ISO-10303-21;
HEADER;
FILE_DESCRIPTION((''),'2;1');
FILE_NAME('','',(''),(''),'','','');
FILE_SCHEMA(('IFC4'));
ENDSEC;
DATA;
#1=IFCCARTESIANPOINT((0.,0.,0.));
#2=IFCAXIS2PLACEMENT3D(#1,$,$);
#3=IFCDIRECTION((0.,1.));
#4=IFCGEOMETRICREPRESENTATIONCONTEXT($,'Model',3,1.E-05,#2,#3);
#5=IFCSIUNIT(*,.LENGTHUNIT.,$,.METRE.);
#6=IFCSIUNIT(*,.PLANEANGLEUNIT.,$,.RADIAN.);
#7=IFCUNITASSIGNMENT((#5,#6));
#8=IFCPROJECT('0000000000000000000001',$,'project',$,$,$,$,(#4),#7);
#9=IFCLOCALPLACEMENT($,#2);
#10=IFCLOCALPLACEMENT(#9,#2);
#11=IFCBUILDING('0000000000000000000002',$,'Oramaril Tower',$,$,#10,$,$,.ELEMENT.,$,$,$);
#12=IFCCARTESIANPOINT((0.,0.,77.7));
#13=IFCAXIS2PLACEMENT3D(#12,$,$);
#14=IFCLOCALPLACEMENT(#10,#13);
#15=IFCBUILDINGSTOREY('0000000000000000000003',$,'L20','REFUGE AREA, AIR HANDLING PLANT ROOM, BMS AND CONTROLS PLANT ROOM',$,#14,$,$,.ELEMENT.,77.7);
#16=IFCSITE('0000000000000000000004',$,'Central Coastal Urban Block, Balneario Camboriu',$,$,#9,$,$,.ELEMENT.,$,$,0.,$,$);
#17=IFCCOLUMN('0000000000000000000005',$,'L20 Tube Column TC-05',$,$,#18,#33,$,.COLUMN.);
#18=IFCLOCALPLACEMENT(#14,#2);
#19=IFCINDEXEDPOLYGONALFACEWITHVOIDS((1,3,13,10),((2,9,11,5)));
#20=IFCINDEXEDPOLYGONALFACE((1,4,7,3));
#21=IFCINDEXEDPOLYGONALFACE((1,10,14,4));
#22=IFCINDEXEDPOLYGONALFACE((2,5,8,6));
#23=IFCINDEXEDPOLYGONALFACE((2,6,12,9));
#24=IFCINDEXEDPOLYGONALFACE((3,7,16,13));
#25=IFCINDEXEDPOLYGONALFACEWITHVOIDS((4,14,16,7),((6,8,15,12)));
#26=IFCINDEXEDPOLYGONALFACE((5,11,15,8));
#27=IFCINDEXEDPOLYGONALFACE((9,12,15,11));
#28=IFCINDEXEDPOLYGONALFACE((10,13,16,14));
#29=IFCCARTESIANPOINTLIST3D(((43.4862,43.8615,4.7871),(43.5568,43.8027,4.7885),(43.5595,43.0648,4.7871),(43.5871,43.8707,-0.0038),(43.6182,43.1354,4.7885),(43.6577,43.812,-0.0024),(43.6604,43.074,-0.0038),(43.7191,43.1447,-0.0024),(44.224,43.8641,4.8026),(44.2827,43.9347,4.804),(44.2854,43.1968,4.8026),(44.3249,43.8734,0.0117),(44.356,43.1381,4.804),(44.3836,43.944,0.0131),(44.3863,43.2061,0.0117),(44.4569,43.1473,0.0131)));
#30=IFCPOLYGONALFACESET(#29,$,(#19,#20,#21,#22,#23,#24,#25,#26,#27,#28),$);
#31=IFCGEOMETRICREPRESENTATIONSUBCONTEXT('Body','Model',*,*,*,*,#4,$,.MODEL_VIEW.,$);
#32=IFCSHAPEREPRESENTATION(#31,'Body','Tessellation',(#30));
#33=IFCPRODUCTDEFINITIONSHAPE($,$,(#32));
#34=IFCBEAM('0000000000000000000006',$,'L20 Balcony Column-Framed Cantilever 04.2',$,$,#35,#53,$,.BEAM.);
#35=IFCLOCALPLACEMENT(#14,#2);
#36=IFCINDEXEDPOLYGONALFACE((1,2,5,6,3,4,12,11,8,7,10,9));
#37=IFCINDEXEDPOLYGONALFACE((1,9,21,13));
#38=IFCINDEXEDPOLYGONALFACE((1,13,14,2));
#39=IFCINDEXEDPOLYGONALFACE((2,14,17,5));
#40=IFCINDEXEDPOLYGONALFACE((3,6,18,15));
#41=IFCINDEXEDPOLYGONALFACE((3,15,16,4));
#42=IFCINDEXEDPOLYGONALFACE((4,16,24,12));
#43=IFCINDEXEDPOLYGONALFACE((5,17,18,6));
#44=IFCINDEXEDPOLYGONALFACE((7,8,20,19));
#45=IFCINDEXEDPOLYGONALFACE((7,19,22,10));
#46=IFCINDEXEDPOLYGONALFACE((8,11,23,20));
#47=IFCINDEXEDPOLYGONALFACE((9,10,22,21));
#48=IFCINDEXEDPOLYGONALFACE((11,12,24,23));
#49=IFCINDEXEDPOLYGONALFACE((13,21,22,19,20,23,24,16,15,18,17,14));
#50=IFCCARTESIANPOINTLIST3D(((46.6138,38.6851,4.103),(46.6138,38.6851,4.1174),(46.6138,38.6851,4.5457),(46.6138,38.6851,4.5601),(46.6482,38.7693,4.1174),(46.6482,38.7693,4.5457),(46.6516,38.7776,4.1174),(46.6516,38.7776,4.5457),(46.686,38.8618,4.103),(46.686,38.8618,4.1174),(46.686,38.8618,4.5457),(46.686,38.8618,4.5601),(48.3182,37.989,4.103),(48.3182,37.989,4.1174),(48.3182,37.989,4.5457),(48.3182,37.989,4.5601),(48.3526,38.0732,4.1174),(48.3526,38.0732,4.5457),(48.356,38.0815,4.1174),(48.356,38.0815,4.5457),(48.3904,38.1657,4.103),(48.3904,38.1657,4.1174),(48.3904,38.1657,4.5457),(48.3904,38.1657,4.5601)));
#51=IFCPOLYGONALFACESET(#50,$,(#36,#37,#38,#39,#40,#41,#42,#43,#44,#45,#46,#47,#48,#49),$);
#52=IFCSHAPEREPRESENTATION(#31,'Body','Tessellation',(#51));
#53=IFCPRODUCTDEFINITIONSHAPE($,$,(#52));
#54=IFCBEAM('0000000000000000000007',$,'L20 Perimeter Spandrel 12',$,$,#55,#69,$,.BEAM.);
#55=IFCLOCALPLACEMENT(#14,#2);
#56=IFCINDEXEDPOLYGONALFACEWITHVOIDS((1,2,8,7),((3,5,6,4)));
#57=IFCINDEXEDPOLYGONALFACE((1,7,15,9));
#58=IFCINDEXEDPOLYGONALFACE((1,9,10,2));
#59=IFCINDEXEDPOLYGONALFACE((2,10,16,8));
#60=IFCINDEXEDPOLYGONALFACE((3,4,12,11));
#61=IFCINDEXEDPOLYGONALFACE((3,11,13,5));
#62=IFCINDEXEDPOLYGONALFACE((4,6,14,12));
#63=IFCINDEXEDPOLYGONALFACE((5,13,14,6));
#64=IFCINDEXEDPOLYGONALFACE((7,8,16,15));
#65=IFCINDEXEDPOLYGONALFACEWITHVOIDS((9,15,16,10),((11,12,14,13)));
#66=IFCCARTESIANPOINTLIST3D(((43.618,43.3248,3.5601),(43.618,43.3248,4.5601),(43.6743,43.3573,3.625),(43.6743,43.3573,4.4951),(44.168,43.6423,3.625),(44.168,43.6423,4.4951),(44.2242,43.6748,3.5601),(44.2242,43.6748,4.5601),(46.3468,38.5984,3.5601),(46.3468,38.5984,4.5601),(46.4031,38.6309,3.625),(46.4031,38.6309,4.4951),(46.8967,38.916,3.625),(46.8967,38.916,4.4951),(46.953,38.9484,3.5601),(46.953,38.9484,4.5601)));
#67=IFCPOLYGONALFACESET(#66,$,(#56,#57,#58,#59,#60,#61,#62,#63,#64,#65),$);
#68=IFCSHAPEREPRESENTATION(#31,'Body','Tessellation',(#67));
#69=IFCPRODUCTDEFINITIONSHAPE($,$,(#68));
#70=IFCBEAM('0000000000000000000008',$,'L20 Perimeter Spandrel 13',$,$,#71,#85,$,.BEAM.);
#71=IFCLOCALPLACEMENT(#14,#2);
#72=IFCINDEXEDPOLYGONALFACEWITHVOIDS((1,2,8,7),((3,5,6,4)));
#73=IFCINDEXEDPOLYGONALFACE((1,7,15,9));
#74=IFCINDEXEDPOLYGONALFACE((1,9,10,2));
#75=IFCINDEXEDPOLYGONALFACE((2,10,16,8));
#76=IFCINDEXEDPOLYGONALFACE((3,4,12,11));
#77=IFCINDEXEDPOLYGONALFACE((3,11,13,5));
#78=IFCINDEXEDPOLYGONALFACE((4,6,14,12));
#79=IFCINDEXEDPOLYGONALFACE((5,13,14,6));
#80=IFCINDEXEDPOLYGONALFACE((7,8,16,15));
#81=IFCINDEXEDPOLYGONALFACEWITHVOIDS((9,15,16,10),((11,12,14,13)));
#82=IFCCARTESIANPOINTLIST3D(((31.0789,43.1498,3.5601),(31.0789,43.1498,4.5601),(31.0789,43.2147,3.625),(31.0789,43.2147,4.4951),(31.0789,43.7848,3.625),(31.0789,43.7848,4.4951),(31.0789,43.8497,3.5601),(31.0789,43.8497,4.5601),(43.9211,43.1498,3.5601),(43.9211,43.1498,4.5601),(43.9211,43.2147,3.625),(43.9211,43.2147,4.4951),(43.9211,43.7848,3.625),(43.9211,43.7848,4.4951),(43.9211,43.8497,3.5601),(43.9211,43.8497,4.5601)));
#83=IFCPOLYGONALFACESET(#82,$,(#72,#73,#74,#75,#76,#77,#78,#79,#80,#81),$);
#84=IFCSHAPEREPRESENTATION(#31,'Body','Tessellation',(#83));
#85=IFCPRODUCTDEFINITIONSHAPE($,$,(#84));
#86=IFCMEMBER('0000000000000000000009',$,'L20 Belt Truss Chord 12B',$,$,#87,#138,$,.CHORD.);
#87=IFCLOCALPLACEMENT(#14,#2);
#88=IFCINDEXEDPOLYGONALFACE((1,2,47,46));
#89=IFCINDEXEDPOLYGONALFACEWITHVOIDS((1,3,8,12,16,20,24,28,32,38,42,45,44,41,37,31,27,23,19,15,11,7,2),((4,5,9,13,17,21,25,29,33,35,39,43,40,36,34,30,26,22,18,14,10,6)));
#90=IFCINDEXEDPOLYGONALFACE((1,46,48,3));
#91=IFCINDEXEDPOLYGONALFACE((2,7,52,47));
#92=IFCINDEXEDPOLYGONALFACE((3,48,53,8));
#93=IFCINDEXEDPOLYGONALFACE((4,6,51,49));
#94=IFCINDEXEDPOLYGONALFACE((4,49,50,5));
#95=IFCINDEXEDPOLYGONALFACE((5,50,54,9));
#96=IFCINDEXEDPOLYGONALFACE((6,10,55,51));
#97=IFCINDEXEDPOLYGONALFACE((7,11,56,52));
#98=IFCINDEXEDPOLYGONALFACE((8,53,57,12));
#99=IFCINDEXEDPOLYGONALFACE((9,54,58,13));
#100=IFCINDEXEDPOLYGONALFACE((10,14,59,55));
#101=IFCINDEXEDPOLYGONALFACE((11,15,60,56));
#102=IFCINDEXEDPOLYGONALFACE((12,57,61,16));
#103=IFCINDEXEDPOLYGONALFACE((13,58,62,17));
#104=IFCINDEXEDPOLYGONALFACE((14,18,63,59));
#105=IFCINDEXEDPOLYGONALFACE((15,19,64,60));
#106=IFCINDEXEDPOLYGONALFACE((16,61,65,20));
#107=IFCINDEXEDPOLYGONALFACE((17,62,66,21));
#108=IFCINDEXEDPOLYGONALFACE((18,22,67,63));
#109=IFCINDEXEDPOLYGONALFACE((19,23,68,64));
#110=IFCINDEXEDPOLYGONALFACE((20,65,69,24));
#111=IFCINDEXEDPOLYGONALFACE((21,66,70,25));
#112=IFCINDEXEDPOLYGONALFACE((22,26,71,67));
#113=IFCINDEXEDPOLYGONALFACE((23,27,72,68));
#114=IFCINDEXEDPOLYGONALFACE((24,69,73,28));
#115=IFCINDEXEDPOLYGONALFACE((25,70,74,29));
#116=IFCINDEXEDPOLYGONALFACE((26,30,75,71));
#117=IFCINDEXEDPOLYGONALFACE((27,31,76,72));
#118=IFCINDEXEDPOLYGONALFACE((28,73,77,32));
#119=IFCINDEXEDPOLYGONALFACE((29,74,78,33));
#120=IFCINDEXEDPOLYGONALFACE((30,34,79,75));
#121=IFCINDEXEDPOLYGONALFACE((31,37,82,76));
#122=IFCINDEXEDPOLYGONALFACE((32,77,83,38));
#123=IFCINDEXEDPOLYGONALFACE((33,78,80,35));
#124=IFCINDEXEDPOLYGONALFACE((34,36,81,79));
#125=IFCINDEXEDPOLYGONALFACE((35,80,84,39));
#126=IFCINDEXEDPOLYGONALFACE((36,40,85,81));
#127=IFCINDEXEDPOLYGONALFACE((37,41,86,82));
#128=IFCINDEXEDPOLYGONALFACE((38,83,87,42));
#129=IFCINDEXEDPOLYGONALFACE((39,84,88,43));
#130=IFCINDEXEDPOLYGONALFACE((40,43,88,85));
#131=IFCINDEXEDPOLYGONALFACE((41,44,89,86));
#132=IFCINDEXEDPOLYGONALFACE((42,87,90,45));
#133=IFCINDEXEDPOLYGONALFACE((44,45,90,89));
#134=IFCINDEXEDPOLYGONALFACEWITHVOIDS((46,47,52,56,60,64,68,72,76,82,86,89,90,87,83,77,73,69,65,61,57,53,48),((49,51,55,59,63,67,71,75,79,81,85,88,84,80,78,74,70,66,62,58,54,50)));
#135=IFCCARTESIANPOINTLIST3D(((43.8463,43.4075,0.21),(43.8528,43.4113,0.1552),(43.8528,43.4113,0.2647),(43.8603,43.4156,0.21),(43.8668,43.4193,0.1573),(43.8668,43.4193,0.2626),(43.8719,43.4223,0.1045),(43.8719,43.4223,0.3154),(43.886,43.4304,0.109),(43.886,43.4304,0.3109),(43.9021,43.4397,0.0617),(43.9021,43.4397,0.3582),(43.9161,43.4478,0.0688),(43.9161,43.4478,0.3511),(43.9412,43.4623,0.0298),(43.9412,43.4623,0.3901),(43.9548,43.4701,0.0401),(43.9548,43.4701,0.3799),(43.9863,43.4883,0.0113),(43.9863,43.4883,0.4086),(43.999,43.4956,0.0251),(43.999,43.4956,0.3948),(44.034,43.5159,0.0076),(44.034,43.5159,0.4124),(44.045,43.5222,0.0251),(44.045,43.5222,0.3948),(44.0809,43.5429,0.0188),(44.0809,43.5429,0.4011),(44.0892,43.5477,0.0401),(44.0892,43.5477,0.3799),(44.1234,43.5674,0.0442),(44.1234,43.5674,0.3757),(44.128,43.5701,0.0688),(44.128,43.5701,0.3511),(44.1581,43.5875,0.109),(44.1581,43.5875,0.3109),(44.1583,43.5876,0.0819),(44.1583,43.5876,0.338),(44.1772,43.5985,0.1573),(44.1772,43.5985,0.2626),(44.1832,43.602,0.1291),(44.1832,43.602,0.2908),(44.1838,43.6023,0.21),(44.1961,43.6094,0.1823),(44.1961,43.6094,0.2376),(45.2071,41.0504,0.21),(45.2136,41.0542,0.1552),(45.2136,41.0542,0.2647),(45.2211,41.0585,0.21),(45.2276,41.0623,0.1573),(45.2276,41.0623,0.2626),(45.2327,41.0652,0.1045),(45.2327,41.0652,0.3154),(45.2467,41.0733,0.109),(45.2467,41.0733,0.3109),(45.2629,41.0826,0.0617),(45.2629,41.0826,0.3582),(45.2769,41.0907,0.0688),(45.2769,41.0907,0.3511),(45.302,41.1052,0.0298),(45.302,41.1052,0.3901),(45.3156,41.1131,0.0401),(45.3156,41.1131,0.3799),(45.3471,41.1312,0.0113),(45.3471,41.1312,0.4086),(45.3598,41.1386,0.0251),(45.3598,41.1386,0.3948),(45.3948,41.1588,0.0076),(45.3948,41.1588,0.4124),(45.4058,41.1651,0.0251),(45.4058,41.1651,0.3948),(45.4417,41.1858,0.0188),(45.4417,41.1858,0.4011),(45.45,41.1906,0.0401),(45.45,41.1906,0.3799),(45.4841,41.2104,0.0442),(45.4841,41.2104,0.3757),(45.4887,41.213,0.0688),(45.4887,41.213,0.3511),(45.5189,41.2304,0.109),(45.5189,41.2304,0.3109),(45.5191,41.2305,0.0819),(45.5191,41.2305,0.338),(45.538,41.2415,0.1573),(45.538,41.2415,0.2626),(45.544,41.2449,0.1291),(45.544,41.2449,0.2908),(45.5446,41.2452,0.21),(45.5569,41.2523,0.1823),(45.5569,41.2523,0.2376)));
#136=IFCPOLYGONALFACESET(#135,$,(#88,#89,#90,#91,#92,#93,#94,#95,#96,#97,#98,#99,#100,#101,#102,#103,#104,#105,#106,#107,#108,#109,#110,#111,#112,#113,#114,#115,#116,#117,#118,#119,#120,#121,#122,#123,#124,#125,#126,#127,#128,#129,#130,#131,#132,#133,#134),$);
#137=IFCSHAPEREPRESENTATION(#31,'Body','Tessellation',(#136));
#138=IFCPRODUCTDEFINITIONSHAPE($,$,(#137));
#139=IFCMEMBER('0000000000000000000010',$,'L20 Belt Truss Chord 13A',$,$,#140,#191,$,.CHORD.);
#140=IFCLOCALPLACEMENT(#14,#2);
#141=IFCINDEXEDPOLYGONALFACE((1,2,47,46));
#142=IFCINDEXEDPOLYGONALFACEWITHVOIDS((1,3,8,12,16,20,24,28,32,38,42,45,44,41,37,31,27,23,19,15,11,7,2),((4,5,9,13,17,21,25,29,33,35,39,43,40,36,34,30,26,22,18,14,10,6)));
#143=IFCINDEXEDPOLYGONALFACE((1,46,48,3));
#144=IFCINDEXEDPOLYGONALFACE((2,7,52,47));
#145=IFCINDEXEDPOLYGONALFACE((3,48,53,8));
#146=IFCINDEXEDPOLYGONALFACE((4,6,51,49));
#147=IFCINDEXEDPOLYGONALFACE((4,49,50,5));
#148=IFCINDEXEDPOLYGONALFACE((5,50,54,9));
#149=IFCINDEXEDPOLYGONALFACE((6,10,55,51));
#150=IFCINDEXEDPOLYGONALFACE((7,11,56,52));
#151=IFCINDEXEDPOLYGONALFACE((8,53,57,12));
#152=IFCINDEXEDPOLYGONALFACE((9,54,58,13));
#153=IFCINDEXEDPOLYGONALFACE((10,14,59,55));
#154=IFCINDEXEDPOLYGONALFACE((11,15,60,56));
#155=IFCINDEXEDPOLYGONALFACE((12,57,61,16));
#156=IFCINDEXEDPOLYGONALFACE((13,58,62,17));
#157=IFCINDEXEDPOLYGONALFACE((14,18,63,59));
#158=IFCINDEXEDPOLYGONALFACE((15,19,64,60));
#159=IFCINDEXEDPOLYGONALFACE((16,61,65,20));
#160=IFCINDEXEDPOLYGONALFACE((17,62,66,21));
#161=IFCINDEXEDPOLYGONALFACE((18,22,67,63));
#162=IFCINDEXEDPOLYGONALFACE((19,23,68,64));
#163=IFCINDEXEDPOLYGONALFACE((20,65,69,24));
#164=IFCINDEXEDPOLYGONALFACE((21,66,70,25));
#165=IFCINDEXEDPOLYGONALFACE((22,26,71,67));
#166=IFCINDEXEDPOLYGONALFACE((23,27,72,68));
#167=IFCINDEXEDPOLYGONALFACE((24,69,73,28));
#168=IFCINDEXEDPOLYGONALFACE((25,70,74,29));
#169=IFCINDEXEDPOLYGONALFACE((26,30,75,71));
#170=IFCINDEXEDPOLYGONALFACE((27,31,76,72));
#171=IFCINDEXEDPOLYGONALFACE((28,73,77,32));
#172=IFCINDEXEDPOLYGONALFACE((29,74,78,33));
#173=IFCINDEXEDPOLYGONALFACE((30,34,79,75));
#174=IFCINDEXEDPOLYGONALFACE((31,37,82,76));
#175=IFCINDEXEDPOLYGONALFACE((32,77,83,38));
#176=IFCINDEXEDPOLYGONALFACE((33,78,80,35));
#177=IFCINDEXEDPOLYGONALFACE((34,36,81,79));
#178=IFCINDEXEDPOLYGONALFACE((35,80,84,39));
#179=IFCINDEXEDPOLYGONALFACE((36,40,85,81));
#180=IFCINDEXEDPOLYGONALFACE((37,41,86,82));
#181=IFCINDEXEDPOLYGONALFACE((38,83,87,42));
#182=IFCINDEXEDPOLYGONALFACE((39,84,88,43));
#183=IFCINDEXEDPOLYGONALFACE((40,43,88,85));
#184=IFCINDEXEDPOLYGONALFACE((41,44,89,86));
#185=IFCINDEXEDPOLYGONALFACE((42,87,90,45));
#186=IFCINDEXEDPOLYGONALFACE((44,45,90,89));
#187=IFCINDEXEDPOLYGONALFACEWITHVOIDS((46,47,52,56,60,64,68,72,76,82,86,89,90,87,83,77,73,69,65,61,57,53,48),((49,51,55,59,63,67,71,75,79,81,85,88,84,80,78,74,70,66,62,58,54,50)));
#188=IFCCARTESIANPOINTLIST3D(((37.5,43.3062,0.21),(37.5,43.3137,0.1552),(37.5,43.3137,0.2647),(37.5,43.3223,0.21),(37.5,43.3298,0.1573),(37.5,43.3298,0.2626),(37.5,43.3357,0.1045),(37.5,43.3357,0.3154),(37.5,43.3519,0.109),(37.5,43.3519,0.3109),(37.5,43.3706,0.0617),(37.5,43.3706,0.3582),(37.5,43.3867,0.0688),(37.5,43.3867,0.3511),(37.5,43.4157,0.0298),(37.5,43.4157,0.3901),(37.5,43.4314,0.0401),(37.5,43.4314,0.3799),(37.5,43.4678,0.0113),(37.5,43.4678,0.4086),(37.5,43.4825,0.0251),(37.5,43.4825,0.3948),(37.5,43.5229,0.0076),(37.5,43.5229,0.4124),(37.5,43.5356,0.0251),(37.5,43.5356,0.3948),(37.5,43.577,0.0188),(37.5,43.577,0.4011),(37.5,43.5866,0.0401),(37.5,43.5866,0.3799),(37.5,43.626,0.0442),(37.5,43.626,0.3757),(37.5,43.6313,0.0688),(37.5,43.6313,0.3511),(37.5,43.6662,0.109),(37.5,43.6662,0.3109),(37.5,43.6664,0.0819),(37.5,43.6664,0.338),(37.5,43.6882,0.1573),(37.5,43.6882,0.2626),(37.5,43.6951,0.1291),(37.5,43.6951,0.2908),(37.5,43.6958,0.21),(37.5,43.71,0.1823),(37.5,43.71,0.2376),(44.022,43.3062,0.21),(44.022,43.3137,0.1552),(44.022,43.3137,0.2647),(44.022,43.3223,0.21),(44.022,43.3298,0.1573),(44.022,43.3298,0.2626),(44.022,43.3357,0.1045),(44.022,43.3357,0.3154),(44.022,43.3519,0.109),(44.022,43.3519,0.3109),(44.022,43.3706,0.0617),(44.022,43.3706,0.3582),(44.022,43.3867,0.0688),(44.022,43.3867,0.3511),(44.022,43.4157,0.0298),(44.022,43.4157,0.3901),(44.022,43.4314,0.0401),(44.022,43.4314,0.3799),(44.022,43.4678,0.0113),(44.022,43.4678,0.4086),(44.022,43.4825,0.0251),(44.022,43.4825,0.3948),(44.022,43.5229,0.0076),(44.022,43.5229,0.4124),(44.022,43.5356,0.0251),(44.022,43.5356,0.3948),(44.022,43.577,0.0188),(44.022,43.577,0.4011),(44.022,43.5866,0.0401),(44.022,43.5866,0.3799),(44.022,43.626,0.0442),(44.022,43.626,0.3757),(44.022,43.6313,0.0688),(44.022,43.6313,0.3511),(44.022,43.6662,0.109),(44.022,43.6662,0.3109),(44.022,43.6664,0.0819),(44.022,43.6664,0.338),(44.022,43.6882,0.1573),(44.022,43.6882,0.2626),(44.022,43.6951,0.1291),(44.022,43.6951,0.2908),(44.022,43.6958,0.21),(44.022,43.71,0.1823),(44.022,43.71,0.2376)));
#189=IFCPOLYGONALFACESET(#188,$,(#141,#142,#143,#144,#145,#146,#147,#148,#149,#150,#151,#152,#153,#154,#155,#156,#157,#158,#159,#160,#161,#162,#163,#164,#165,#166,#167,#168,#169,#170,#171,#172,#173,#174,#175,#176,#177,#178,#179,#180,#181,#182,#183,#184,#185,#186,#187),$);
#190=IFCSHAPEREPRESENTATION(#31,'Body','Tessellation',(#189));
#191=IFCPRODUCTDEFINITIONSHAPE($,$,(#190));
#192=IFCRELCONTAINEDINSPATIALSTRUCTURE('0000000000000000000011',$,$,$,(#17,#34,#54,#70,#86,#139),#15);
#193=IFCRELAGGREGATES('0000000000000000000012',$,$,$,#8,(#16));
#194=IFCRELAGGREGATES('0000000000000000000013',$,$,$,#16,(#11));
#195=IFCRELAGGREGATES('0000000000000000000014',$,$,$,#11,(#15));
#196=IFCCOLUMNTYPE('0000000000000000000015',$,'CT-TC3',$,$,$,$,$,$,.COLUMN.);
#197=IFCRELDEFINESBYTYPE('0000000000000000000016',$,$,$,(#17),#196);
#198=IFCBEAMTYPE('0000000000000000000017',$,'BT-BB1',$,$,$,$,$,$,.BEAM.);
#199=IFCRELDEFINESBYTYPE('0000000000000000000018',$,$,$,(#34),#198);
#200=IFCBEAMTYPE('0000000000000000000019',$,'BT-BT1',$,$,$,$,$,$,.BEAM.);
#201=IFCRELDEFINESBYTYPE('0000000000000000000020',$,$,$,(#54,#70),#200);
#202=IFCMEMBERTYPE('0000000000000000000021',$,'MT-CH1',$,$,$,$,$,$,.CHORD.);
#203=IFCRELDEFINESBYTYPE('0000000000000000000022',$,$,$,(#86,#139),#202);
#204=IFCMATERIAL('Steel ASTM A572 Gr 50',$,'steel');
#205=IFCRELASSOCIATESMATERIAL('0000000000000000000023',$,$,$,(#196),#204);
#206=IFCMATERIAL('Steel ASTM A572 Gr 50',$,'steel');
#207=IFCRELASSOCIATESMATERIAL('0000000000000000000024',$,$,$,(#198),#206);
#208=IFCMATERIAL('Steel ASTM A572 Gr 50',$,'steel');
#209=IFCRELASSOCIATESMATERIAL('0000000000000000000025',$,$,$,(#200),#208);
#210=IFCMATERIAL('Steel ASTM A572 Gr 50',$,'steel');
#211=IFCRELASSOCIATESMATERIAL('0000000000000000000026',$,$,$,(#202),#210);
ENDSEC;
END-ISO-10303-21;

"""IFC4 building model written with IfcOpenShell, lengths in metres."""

from ifc_helpers import new_model, si_unit, direction, frame, origin, origin_2d, place, context, subcontext, project, spatial, hollow_rectangle, hollow_circle, i_section, extrude, material, material_profile, profile_set, type_object, element, save


model = new_model("IFC4")

# Units and contexts
model_context = context("Model", 3, precision=1e-05, world=origin(), true_north=direction((0.0, 1.0)))
body_context = subcontext(model_context, "Body", "Model", "MODEL_VIEW")
ifc_project = project(units=[si_unit("LENGTHUNIT", "METRE"), si_unit("PLANEANGLEUNIT", "RADIAN")], contexts=[model_context])

# Site, building, storey
site_placement = place(None, origin())
site = spatial("IfcSite", under=ifc_project, at=site_placement, Name="Central Coastal Urban Block, Balneario Camboriu", CompositionType="ELEMENT", RefElevation=0.0)
building_placement = place(site_placement, origin())
building = spatial("IfcBuilding", under=site, at=building_placement, Name="Oramaril Tower", CompositionType="ELEMENT")
storey_placement = place(building_placement, frame((0.0, 0.0, 77.7)))
storey = spatial("IfcBuildingStorey", under=building, at=storey_placement, Name="L20", Description="REFUGE AREA, AIR HANDLING PLANT ROOM, BMS AND CONTROLS PLANT ROOM", CompositionType="ELEMENT", Elevation=77.7)

# Column
ifc_material_1 = material(Name="Steel ASTM A572 Gr 50", Category="steel")
ifc_material_profile_1 = material_profile(ifc_material_1, hollow_rectangle(XDim=0.8, YDim=0.8, WallThickness=0.0649, at=origin_2d()), Name="BOX800X800X65")
ifc_profile_set_1 = profile_set([ifc_material_profile_1], Name="Steel ASTM A572 Gr 50")
column_type = type_object("IfcColumnType", Name="CT-TC3", PredefinedType="COLUMN", material=ifc_profile_set_1)
column_placement = place(storey_placement, frame((44.022, 43.509, 0.0046), z_axis=(-0.021041, -0.001936, 0.999777), x_axis=(0.091623, -0.995794, 0.0)))
element("IfcColumn", 1, at=column_placement, inside=storey, type_object=column_type, Name="L20 Tube Column TC-05", PredefinedType="COLUMN", context=body_context, shape_type="SweptSolid", body=[
    extrude(hollow_rectangle(XDim=0.8, YDim=0.8, WallThickness=0.0649, at=origin_2d()), origin(), (0.0, 0.0, 1.0), 4.792),
])

# Beams
ifc_material_2 = material(Name="Steel ASTM A572 Gr 50", Category="steel")
ifc_material_profile_2 = material_profile(ifc_material_2, i_section(OverallWidth=0.1909, OverallDepth=0.457, WebThickness=0.009, FlangeThickness=0.0144, at=origin_2d()), Name="W18X50")
ifc_profile_set_2 = profile_set([ifc_material_profile_2], Name="Steel ASTM A572 Gr 50")
beam_type_1 = type_object("IfcBeamType", Name="BT-BB1", PredefinedType="BEAM", material=ifc_profile_set_2)
beam_1_placement = place(storey_placement, frame((46.6499, 38.7734, 4.3315), z_axis=(0.925773, -0.37808, 0.0), x_axis=(0.37808, 0.925773, 0.0)))
element("IfcBeam", 2, at=beam_1_placement, inside=storey, type_object=beam_type_1, Name="L20 Balcony Column-Framed Cantilever 04.2", PredefinedType="BEAM", context=body_context, shape_type="SweptSolid", body=[
    extrude(i_section(OverallWidth=0.1909, OverallDepth=0.457, WebThickness=0.009, FlangeThickness=0.0144, at=origin_2d()), origin(), (0.0, 0.0, 1.0), 1.8411),
])
ifc_material_3 = material(Name="Steel ASTM A572 Gr 50", Category="steel")
ifc_material_profile_3 = material_profile(ifc_material_3, hollow_rectangle(XDim=0.7, YDim=1.0, WallThickness=0.0649, at=origin_2d()), Name="BOX1000X700X65")
ifc_profile_set_3 = profile_set([ifc_material_profile_3], Name="Steel ASTM A572 Gr 50")
beam_type_2 = type_object("IfcBeamType", Name="BT-BT1", PredefinedType="BEAM", material=ifc_profile_set_3)
beam_2_placement = place(storey_placement, frame((46.6499, 38.7734, 4.0601), z_axis=(-0.500003, 0.866024, 0.0), x_axis=(-0.866024, -0.500003, 0.0)))
element("IfcBeam", 3, at=beam_2_placement, inside=storey, type_object=beam_type_2, Name="L20 Perimeter Spandrel 12", PredefinedType="BEAM", context=body_context, shape_type="SweptSolid", body=[
    extrude(hollow_rectangle(XDim=0.7, YDim=1.0, WallThickness=0.0649, at=origin_2d()), origin(), (0.0, 0.0, 1.0), 5.4575),
])
beam_3_placement = place(storey_placement, frame((43.9211, 43.4998, 4.0601), z_axis=(-1.0, 0.0, 0.0), x_axis=(0.0, -1.0, 0.0)))
element("IfcBeam", 4, at=beam_3_placement, inside=storey, type_object=beam_type_2, Name="L20 Perimeter Spandrel 13", PredefinedType="BEAM", context=body_context, shape_type="SweptSolid", body=[
    extrude(hollow_rectangle(XDim=0.7, YDim=1.0, WallThickness=0.0649, at=origin_2d()), origin(), (0.0, 0.0, 1.0), 12.8423),
])

# Members
ifc_material_4 = material(Name="Steel ASTM A572 Gr 50", Category="steel")
ifc_material_profile_4 = material_profile(ifc_material_4, hollow_circle(Radius=0.2029, WallThickness=0.0161, at=origin_2d()), Name="CHS406X16")
ifc_profile_set_4 = profile_set([ifc_material_profile_4], Name="Steel ASTM A572 Gr 50")
member_type_1 = type_object("IfcMemberType", Name="MT-CH1", PredefinedType="CHORD", material=ifc_profile_set_4)
member_1_placement = place(storey_placement, frame((45.3828, 41.1519, 0.21), z_axis=(-0.499979, 0.866038, 0.0), x_axis=(-0.866038, -0.499979, 0.0)))
element("IfcMember", 5, at=member_1_placement, inside=storey, type_object=member_type_1, Name="L20 Belt Truss Chord 12B", PredefinedType="CHORD", context=body_context, shape_type="SweptSolid", body=[
    extrude(hollow_circle(Radius=0.2029, WallThickness=0.0161, at=origin_2d()), origin(), (0.0, 0.0, 1.0), 2.7217),
])
for number, where, z_axis, x_axis, name in (
    (6, (44.022, 43.509, 0.21), (-1.0, 0.0, 0.0), (0.0, -1.0, 0.0), "L20 Belt Truss Chord 13A"),
):
    element("IfcMember", number, at=place(storey_placement, frame(where, z_axis=z_axis, x_axis=x_axis)), inside=storey, type_object=member_type_1, Name=name, PredefinedType="CHORD", context=body_context, shape_type="SweptSolid", body=[
        extrude(hollow_circle(Radius=0.2029, WallThickness=0.0161, at=origin_2d()), origin(), (0.0, 0.0, 1.0), 6.522),
    ])

save(model, "model.ifc")
